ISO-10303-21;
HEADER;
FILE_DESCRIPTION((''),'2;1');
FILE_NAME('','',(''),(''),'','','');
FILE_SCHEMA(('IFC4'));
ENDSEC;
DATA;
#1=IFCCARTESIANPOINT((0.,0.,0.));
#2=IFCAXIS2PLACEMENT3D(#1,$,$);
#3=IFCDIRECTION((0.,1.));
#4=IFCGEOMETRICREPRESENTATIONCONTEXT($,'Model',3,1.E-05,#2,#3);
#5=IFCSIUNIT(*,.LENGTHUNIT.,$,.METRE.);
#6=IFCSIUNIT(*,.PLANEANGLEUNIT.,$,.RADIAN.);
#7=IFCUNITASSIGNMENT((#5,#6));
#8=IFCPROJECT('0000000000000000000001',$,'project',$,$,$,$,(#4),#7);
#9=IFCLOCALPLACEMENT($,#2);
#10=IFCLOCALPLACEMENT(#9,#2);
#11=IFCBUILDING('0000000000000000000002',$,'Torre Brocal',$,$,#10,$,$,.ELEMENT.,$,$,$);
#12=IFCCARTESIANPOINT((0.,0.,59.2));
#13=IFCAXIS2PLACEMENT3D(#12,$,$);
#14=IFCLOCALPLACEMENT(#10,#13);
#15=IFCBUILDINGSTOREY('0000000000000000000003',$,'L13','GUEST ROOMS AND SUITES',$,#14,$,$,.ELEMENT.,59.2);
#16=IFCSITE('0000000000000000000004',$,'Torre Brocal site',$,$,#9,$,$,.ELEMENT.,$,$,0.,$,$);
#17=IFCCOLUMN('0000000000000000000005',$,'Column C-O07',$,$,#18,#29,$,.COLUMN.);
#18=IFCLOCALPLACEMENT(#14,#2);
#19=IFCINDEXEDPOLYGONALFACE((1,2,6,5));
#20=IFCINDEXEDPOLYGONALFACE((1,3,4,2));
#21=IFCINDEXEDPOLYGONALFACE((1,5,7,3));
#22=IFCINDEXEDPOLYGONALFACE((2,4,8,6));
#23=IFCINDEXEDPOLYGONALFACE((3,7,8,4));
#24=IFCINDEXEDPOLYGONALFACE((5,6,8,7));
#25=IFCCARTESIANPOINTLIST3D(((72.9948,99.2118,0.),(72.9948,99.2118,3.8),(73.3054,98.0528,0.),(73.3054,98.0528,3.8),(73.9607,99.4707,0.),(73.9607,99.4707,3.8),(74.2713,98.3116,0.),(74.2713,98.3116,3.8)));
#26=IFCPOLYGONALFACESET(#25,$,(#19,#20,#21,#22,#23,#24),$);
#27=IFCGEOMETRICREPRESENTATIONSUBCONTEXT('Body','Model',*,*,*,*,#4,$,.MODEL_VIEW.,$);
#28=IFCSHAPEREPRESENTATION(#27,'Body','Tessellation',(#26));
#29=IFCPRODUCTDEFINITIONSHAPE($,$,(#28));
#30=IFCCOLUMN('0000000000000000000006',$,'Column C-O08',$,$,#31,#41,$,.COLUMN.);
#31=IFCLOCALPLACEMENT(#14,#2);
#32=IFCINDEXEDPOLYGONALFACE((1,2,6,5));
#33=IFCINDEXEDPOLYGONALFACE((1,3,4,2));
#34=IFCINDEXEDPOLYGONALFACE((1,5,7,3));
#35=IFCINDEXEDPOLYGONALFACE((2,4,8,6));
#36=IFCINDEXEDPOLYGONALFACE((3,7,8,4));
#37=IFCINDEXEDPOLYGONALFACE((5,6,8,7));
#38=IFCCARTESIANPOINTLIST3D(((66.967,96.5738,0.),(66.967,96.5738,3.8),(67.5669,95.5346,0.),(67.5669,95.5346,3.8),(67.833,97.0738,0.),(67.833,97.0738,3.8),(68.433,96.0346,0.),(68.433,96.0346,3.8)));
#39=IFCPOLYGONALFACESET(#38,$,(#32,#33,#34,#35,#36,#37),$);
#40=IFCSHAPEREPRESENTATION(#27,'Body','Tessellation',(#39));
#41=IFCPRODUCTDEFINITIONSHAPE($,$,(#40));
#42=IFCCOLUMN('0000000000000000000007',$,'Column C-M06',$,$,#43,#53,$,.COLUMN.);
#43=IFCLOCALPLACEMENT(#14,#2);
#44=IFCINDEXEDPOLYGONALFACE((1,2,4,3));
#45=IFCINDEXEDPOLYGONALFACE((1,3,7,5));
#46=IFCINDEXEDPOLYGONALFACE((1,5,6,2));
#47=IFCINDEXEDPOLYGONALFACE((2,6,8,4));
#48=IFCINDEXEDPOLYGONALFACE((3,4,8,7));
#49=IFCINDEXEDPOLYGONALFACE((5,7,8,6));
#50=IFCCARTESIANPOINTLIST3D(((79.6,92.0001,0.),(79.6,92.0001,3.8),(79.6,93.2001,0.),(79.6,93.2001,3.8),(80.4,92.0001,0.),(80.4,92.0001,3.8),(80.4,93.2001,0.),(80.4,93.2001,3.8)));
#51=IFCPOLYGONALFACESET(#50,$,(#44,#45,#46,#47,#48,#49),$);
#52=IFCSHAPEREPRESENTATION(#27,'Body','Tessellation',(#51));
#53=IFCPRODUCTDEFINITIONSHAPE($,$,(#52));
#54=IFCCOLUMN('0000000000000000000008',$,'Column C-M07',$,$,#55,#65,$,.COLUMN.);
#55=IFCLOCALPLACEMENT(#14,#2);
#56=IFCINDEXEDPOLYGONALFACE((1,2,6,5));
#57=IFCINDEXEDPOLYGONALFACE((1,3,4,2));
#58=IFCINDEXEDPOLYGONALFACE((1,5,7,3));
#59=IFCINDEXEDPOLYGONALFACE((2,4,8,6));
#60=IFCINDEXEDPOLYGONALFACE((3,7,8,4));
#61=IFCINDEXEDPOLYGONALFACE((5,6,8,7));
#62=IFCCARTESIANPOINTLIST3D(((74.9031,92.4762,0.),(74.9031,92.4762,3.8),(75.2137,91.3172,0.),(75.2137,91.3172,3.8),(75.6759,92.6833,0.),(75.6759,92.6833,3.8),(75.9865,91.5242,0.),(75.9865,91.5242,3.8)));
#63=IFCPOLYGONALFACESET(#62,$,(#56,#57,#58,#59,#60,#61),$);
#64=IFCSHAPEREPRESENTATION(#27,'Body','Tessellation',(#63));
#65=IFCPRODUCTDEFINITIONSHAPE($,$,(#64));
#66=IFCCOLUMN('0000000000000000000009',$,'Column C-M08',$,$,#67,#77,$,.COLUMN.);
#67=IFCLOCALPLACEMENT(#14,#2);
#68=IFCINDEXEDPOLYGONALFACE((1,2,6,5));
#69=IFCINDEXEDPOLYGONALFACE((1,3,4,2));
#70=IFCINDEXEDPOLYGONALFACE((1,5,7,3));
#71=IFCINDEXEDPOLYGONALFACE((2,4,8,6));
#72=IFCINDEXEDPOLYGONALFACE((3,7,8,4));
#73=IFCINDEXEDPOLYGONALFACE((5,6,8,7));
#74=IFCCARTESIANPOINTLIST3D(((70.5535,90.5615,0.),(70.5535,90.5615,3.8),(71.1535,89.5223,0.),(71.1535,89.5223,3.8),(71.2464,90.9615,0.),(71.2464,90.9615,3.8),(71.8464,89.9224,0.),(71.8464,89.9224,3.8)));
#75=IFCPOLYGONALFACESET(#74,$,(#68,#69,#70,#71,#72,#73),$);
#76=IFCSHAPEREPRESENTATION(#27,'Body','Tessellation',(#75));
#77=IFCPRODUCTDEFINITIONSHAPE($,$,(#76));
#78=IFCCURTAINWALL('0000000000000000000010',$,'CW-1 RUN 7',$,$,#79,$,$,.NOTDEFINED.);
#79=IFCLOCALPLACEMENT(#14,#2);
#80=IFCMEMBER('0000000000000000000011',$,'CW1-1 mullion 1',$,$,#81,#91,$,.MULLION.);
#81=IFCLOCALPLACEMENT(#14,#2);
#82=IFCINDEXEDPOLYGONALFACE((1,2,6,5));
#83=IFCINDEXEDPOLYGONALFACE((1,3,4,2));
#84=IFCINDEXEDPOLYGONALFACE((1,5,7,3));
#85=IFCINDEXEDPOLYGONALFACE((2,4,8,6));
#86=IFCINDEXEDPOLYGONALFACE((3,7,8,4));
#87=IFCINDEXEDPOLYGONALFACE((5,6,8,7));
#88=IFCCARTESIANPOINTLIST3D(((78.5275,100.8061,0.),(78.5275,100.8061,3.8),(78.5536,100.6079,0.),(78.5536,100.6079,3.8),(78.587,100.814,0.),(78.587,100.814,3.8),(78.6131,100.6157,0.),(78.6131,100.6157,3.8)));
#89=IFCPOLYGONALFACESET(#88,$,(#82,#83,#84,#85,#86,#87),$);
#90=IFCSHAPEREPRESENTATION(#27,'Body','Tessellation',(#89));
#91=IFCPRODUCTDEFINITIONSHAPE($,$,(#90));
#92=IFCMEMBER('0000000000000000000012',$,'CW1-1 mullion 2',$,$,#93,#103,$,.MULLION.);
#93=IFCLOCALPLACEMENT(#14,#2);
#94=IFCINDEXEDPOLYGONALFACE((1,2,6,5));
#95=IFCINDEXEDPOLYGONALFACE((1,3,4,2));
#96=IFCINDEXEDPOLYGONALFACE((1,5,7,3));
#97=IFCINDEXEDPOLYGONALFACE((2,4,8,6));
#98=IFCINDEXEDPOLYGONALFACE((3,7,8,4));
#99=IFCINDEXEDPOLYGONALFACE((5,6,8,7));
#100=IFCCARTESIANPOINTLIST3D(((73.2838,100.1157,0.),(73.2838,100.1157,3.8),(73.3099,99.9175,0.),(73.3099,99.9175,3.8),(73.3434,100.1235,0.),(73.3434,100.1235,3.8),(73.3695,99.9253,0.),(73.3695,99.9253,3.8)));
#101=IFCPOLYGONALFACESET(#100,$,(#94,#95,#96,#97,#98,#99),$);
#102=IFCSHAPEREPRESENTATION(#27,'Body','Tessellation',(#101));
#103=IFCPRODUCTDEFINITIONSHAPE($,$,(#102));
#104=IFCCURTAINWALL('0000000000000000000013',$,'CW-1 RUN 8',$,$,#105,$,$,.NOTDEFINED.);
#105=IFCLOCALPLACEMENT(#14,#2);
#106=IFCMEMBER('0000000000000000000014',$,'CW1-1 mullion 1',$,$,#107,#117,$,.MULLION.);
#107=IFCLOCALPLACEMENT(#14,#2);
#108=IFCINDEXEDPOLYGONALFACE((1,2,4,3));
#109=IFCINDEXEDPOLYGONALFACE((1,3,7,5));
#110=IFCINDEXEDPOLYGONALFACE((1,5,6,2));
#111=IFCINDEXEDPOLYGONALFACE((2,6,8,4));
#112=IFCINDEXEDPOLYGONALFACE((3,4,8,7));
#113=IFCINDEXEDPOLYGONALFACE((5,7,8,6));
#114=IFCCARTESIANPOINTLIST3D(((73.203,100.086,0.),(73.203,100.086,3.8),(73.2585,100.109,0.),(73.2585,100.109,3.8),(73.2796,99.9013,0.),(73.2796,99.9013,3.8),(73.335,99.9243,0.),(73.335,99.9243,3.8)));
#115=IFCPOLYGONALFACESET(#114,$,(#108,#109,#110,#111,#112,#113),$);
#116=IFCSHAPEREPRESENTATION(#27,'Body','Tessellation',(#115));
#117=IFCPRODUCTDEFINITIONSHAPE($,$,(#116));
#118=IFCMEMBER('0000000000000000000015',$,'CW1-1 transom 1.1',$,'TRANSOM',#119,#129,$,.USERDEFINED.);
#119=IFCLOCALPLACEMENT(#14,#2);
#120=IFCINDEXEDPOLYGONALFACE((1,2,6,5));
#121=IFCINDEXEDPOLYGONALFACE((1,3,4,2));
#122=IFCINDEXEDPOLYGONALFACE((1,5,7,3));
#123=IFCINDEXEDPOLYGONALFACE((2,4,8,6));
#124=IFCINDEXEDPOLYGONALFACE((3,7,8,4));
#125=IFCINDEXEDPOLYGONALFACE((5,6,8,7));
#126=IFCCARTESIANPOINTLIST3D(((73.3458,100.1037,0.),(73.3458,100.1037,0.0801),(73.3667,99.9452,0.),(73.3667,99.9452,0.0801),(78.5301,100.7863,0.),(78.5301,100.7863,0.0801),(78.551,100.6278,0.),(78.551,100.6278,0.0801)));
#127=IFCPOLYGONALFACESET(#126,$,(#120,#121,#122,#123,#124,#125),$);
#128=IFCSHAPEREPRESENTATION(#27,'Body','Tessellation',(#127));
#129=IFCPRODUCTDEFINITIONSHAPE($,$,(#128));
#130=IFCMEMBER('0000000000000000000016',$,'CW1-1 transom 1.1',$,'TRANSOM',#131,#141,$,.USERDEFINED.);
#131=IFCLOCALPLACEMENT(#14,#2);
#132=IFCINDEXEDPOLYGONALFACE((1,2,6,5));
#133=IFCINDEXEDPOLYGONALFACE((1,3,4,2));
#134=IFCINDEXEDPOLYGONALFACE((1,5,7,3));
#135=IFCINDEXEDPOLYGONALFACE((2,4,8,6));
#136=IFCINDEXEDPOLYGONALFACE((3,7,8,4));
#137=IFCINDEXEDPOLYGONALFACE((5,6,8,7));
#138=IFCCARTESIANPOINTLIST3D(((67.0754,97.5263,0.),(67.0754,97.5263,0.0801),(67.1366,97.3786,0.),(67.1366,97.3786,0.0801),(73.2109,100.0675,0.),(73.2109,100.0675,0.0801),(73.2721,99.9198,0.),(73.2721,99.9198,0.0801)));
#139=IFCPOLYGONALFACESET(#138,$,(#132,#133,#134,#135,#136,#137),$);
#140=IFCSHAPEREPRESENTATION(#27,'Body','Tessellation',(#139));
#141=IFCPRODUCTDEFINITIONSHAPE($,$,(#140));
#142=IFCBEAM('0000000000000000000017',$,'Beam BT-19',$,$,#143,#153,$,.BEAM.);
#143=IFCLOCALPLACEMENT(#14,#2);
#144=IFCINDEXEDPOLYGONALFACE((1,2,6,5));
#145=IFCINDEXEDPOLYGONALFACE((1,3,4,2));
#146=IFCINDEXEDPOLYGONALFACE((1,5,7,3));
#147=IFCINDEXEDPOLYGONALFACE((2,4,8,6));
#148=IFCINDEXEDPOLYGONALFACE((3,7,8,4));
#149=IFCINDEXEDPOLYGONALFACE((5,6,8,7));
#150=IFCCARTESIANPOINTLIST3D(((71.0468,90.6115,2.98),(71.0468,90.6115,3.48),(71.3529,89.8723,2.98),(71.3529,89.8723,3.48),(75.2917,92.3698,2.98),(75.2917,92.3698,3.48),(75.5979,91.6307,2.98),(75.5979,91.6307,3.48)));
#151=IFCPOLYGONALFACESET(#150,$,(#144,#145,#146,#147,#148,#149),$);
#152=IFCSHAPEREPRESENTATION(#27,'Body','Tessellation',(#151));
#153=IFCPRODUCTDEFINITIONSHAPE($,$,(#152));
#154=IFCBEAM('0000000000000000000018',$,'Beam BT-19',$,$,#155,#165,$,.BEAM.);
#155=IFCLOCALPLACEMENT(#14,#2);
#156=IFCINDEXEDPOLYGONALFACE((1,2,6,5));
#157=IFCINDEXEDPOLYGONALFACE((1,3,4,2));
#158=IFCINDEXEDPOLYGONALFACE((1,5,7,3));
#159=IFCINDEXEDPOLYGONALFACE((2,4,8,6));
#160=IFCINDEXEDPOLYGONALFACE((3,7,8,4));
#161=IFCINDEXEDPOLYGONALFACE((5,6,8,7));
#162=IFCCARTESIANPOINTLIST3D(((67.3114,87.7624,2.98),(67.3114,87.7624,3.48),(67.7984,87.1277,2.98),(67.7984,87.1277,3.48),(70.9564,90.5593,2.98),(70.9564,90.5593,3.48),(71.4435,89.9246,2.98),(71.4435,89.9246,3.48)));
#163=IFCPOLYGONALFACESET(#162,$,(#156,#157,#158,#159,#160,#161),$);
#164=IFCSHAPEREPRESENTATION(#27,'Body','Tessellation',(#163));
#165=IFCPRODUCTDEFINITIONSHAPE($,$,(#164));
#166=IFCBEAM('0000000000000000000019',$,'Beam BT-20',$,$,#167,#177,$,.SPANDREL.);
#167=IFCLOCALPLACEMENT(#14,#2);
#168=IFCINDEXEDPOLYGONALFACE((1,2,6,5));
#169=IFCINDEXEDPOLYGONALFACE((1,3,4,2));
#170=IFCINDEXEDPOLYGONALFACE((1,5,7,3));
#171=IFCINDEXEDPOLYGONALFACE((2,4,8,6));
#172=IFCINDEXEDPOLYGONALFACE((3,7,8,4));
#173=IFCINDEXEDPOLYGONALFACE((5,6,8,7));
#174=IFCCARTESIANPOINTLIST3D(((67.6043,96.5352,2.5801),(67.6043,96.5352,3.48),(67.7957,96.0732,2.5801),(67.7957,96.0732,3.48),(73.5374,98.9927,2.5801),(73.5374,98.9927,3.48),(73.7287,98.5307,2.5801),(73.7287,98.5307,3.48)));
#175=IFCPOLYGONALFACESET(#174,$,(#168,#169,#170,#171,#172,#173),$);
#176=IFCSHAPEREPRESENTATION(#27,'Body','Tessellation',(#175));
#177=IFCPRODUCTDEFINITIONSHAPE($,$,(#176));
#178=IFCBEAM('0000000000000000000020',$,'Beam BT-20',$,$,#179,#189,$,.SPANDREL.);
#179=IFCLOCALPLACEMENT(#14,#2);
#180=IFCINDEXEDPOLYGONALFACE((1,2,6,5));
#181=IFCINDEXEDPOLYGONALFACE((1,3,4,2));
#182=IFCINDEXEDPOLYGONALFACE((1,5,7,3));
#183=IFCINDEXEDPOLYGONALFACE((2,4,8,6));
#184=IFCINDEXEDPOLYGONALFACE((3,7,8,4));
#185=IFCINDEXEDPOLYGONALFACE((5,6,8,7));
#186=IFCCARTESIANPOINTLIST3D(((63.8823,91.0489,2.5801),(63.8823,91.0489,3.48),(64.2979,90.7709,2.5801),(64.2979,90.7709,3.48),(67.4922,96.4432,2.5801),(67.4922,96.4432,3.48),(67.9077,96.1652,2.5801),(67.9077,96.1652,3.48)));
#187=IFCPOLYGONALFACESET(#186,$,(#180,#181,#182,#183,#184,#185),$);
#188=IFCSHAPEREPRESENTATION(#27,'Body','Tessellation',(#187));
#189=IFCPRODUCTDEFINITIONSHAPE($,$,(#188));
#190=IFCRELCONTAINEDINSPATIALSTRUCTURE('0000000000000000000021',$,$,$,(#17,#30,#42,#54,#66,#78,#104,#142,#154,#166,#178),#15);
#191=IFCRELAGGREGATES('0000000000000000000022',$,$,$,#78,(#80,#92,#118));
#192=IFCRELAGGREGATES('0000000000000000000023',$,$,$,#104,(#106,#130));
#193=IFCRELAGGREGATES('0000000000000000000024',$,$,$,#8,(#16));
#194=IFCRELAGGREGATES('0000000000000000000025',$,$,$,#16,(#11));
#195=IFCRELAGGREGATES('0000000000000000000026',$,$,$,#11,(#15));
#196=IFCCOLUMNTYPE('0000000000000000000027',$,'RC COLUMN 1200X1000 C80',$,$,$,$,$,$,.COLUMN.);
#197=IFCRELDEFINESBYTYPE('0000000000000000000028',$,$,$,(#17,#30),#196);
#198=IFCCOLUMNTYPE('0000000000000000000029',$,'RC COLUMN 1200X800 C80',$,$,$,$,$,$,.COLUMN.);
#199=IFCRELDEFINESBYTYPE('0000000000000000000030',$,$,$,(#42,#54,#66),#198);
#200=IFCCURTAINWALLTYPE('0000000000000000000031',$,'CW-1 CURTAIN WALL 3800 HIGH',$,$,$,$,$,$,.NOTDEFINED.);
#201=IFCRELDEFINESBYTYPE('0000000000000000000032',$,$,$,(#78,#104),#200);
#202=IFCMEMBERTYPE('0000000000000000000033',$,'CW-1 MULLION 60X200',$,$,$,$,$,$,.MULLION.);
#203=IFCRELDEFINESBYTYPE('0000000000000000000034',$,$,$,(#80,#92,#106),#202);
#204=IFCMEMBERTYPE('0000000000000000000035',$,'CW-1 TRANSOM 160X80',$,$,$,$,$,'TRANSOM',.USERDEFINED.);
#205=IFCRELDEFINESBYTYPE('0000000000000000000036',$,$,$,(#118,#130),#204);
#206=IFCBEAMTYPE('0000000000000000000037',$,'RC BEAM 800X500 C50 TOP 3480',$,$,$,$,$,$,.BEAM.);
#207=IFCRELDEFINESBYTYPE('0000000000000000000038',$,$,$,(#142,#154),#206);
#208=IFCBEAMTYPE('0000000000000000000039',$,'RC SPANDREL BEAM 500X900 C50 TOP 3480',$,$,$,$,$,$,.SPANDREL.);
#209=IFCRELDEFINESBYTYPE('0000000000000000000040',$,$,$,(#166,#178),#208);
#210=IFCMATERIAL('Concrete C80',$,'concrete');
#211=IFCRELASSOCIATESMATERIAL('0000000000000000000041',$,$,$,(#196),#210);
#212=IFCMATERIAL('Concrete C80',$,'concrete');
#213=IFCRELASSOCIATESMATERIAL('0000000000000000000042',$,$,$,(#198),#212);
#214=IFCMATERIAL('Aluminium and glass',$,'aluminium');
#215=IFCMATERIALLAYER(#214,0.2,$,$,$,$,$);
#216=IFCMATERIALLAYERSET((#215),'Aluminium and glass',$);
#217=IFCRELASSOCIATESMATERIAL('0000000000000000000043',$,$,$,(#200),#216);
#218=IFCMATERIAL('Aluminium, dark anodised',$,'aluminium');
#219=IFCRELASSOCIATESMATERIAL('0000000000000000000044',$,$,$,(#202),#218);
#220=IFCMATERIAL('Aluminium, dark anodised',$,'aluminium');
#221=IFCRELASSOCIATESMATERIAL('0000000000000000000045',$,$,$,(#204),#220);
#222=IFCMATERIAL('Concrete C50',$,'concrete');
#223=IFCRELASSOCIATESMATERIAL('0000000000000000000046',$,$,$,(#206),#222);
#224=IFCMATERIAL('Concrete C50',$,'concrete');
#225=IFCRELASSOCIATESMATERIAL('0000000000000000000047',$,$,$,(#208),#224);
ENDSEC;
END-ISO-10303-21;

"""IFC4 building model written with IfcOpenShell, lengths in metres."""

from ifc_helpers import new_model, si_unit, direction, frame, origin, origin_2d, place, context, subcontext, project, spatial, rectangle, extrude, material, layer, layer_set, material_profile, profile_set, type_object, element, aggregate, save


model = new_model("IFC4")

# Units and contexts
model_context = context("Model", 3, precision=1e-05, world=origin(), true_north=direction((0.0, 1.0)))
body_context = subcontext(model_context, "Body", "Model", "MODEL_VIEW")
ifc_project = project(units=[si_unit("LENGTHUNIT", "METRE"), si_unit("PLANEANGLEUNIT", "RADIAN")], contexts=[model_context])

# Site, building, storey
site_placement = place(None, origin())
site = spatial("IfcSite", under=ifc_project, at=site_placement, Name="Torre Brocal site", CompositionType="ELEMENT", RefElevation=0.0)
building_placement = place(site_placement, origin())
building = spatial("IfcBuilding", under=site, at=building_placement, Name="Torre Brocal", CompositionType="ELEMENT")
storey_placement = place(building_placement, frame((0.0, 0.0, 59.2)))
storey = spatial("IfcBuildingStorey", under=building, at=storey_placement, Name="L13", Description="GUEST ROOMS AND SUITES", CompositionType="ELEMENT", Elevation=59.2)

# Columns
ifc_material_1 = material(Name="Concrete C80", Category="concrete")
ifc_material_profile_1 = material_profile(ifc_material_1, rectangle(XDim=1.2, YDim=1.0, at=origin_2d()), Name="RC 1200X1000")
ifc_profile_set_1 = profile_set([ifc_material_profile_1], Name="Concrete C80")
column_type_1 = type_object("IfcColumnType", Name="RC COLUMN 1200X1000 C80", PredefinedType="COLUMN", material=ifc_profile_set_1)
for number, where, z_axis, x_axis, name in (
    (1, (73.6331, 98.7617, 0.0), (0.0, 0.0, 1.0), (-0.258819, 0.965926, 0.0), "Column C-O07"),
    (2, (67.7, 96.3042, 0.0), (0.0, 0.0, 1.0), (-0.5, 0.866025, 0.0), "Column C-O08"),
):
    element("IfcColumn", number, at=place(storey_placement, frame(where, z_axis=z_axis, x_axis=x_axis)), inside=storey, type_object=column_type_1, Name=name, PredefinedType="COLUMN", context=body_context, shape_type="SweptSolid", body=[
        extrude(rectangle(XDim=1.2, YDim=1.0, at=origin_2d()), origin(), (0.0, 0.0, 1.0), 3.8),
    ])
ifc_material_2 = material(Name="Concrete C80", Category="concrete")
ifc_material_profile_2 = material_profile(ifc_material_2, rectangle(XDim=1.2, YDim=0.8, at=origin_2d()), Name="RC 1200X800")
ifc_profile_set_2 = profile_set([ifc_material_profile_2], Name="Concrete C80")
column_type_2 = type_object("IfcColumnType", Name="RC COLUMN 1200X800 C80", PredefinedType="COLUMN", material=ifc_profile_set_2)
for number, where, z_axis, x_axis, name in (
    (3, (80.0, 92.6001, 0.0), (0.0, 0.0, 1.0), (0.0, 1.0, 0.0), "Column C-M06"),
    (4, (75.4448, 92.0002, 0.0), (0.0, 0.0, 1.0), (-0.258819, 0.965926, 0.0), "Column C-M07"),
    (5, (71.2, 90.2419, 0.0), (0.0, 0.0, 1.0), (-0.5, 0.866025, 0.0), "Column C-M08"),
):
    element("IfcColumn", number, at=place(storey_placement, frame(where, z_axis=z_axis, x_axis=x_axis)), inside=storey, type_object=column_type_2, Name=name, PredefinedType="COLUMN", context=body_context, shape_type="SweptSolid", body=[
        extrude(rectangle(XDim=1.2, YDim=0.8, at=origin_2d()), origin(), (0.0, 0.0, 1.0), 3.8),
    ])

# Curtain wall, members
ifc_material_3 = material(Name="Aluminium and glass", Category="aluminium")
ifc_layer_1 = layer(ifc_material_3, 0.2)
ifc_layer_set_1 = layer_set([ifc_layer_1], Name="Aluminium and glass")
curtain_wall_type = type_object("IfcCurtainWallType", Name="CW-1 CURTAIN WALL 3800 HIGH", PredefinedType="NOTDEFINED", material=ifc_layer_set_1)
curtain_wall_1_placement = place(storey_placement, origin())
curtain_wall_1 = element("IfcCurtainWall", 6, at=curtain_wall_1_placement, inside=storey, type_object=curtain_wall_type, Name="CW-1 RUN 7", PredefinedType="NOTDEFINED")
ifc_material_4 = material(Name="Aluminium, dark anodised", Category="aluminium")
ifc_material_profile_3 = material_profile(ifc_material_4, rectangle(XDim=0.2, YDim=0.0601, at=origin_2d()), Name="CW-1 MULLION 60X200")
ifc_profile_set_3 = profile_set([ifc_material_profile_3], Name="Aluminium, dark anodised")
member_type_1 = type_object("IfcMemberType", Name="CW-1 MULLION 60X200", PredefinedType="MULLION", material=ifc_profile_set_3)
member_1_placement = place(storey_placement, frame((78.5703, 100.7109, 0.0), z_axis=(0.0, 0.0, 1.0), x_axis=(0.130526, -0.991445, 0.0)))
member_1 = element("IfcMember", 7, at=member_1_placement, type_object=member_type_1, Name="CW1-1 mullion 1", PredefinedType="MULLION", context=body_context, shape_type="SweptSolid", body=[
    extrude(rectangle(XDim=0.2, YDim=0.0601, at=origin_2d()), origin(), (0.0, 0.0, 1.0), 3.8),
])
member_2_placement = place(storey_placement, frame((73.3267, 100.0205, 0.0), z_axis=(0.0, 0.0, 1.0), x_axis=(0.130526, -0.991445, 0.0)))
member_2 = element("IfcMember", 8, at=member_2_placement, type_object=member_type_1, Name="CW1-1 mullion 2", PredefinedType="MULLION", context=body_context, shape_type="SweptSolid", body=[
    extrude(rectangle(XDim=0.2, YDim=0.0601, at=origin_2d()), origin(), (0.0, 0.0, 1.0), 3.8),
])

# Curtain wall, member
curtain_wall_2_placement = place(storey_placement, origin())
curtain_wall_2 = element("IfcCurtainWall", 9, at=curtain_wall_2_placement, inside=storey, type_object=curtain_wall_type, Name="CW-1 RUN 8", PredefinedType="NOTDEFINED")
member_3_placement = place(storey_placement, frame((73.269, 100.0051, 0.0), z_axis=(0.0, 0.0, 1.0), x_axis=(0.382683, -0.92388, 0.0)))
member_3 = element("IfcMember", 10, at=member_3_placement, type_object=member_type_1, Name="CW1-1 mullion 1", PredefinedType="MULLION", context=body_context, shape_type="SweptSolid", body=[
    extrude(rectangle(XDim=0.2, YDim=0.0601, at=origin_2d()), origin(), (0.0, 0.0, 1.0), 3.8),
])

# Members
ifc_material_5 = material(Name="Aluminium, dark anodised", Category="aluminium")
ifc_material_profile_4 = material_profile(ifc_material_5, rectangle(XDim=0.1599, YDim=0.0801, at=origin_2d()), Name="CW-1 TRANSOM 160X80")
ifc_profile_set_4 = profile_set([ifc_material_profile_4], Name="Aluminium, dark anodised")
member_type_2 = type_object("IfcMemberType", Name="CW-1 TRANSOM 160X80", ElementType="TRANSOM", PredefinedType="USERDEFINED", material=ifc_profile_set_4)
member_4_placement = place(storey_placement, frame((78.5405, 100.707, 0.04), z_axis=(-0.991443, -0.130543, 0.0), x_axis=(0.130543, -0.991443, 0.0)))
member_4 = element("IfcMember", 11, at=member_4_placement, type_object=member_type_2, Name="CW1-1 transom 1.1", ObjectType="TRANSOM", PredefinedType="USERDEFINED", context=body_context, shape_type="SweptSolid", body=[
    extrude(rectangle(XDim=0.1599, YDim=0.0801, at=origin_2d()), origin(), (0.0, 0.0, 1.0), 5.229),
])
member_5_placement = place(storey_placement, frame((73.2415, 99.9937, 0.04), z_axis=(-0.923887, -0.382665, 0.0), x_axis=(0.382665, -0.923887, 0.0)))
member_5 = element("IfcMember", 12, at=member_5_placement, type_object=member_type_2, Name="CW1-1 transom 1.1", ObjectType="TRANSOM", PredefinedType="USERDEFINED", context=body_context, shape_type="SweptSolid", body=[
    extrude(rectangle(XDim=0.1599, YDim=0.0801, at=origin_2d()), origin(), (0.0, 0.0, 1.0), 6.6409),
])

# Beams
ifc_material_6 = material(Name="Concrete C50", Category="concrete")
ifc_material_profile_5 = material_profile(ifc_material_6, rectangle(XDim=0.8, YDim=0.5, at=origin_2d()), Name="RC 800X500")
ifc_profile_set_5 = profile_set([ifc_material_profile_5], Name="Concrete C50")
beam_type_1 = type_object("IfcBeamType", Name="RC BEAM 800X500 C50 TOP 3480", PredefinedType="BEAM", material=ifc_profile_set_5)
beam_1_placement = place(storey_placement, frame((75.4448, 92.0002, 3.23), z_axis=(-0.923878, -0.382687, 0.0), x_axis=(0.382687, -0.923878, 0.0)))
element("IfcBeam", 13, at=beam_1_placement, inside=storey, type_object=beam_type_1, Name="Beam BT-19", PredefinedType="BEAM", context=body_context, shape_type="SweptSolid", body=[
    extrude(rectangle(XDim=0.8, YDim=0.5, at=origin_2d()), origin(), (0.0, 0.0, 1.0), 4.5947),
])
beam_2_placement = place(storey_placement, frame((71.2, 90.2419, 3.23), z_axis=(-0.793358, -0.608755, 0.0), x_axis=(0.608755, -0.793358, 0.0)))
element("IfcBeam", 14, at=beam_2_placement, inside=storey, type_object=beam_type_1, Name="Beam BT-19", PredefinedType="BEAM", context=body_context, shape_type="SweptSolid", body=[
    extrude(rectangle(XDim=0.8, YDim=0.5, at=origin_2d()), origin(), (0.0, 0.0, 1.0), 4.5945),
])
ifc_material_7 = material(Name="Concrete C50", Category="concrete")
ifc_material_profile_6 = material_profile(ifc_material_7, rectangle(XDim=0.5, YDim=0.8999, at=origin_2d()), Name="RC 500X900")
ifc_profile_set_6 = profile_set([ifc_material_profile_6], Name="Concrete C50")
beam_type_2 = type_object("IfcBeamType", Name="RC SPANDREL BEAM 500X900 C50 TOP 3480", PredefinedType="SPANDREL", material=ifc_profile_set_6)
beam_3_placement = place(storey_placement, frame((73.6331, 98.7617, 3.03), z_axis=(-0.923882, -0.382676, 0.0), x_axis=(0.382676, -0.923882, 0.0)))
element("IfcBeam", 15, at=beam_3_placement, inside=storey, type_object=beam_type_2, Name="Beam BT-20", PredefinedType="SPANDREL", context=body_context, shape_type="SweptSolid", body=[
    extrude(rectangle(XDim=0.5, YDim=0.8999, at=origin_2d()), origin(), (0.0, 0.0, 1.0), 6.4219),
])
beam_4_placement = place(storey_placement, frame((67.7, 96.3042, 3.03), z_axis=(-0.556158, -0.831077, 0.0), x_axis=(0.831077, -0.556158, 0.0)))
element("IfcBeam", 16, at=beam_4_placement, inside=storey, type_object=beam_type_2, Name="Beam BT-20", PredefinedType="SPANDREL", context=body_context, shape_type="SweptSolid", body=[
    extrude(rectangle(XDim=0.5, YDim=0.8999, at=origin_2d()), origin(), (0.0, 0.0, 1.0), 6.4907),
])

aggregate(curtain_wall_1, [member_1, member_2, member_4])
aggregate(curtain_wall_2, [member_3, member_5])

save(model, "model.ifc")
